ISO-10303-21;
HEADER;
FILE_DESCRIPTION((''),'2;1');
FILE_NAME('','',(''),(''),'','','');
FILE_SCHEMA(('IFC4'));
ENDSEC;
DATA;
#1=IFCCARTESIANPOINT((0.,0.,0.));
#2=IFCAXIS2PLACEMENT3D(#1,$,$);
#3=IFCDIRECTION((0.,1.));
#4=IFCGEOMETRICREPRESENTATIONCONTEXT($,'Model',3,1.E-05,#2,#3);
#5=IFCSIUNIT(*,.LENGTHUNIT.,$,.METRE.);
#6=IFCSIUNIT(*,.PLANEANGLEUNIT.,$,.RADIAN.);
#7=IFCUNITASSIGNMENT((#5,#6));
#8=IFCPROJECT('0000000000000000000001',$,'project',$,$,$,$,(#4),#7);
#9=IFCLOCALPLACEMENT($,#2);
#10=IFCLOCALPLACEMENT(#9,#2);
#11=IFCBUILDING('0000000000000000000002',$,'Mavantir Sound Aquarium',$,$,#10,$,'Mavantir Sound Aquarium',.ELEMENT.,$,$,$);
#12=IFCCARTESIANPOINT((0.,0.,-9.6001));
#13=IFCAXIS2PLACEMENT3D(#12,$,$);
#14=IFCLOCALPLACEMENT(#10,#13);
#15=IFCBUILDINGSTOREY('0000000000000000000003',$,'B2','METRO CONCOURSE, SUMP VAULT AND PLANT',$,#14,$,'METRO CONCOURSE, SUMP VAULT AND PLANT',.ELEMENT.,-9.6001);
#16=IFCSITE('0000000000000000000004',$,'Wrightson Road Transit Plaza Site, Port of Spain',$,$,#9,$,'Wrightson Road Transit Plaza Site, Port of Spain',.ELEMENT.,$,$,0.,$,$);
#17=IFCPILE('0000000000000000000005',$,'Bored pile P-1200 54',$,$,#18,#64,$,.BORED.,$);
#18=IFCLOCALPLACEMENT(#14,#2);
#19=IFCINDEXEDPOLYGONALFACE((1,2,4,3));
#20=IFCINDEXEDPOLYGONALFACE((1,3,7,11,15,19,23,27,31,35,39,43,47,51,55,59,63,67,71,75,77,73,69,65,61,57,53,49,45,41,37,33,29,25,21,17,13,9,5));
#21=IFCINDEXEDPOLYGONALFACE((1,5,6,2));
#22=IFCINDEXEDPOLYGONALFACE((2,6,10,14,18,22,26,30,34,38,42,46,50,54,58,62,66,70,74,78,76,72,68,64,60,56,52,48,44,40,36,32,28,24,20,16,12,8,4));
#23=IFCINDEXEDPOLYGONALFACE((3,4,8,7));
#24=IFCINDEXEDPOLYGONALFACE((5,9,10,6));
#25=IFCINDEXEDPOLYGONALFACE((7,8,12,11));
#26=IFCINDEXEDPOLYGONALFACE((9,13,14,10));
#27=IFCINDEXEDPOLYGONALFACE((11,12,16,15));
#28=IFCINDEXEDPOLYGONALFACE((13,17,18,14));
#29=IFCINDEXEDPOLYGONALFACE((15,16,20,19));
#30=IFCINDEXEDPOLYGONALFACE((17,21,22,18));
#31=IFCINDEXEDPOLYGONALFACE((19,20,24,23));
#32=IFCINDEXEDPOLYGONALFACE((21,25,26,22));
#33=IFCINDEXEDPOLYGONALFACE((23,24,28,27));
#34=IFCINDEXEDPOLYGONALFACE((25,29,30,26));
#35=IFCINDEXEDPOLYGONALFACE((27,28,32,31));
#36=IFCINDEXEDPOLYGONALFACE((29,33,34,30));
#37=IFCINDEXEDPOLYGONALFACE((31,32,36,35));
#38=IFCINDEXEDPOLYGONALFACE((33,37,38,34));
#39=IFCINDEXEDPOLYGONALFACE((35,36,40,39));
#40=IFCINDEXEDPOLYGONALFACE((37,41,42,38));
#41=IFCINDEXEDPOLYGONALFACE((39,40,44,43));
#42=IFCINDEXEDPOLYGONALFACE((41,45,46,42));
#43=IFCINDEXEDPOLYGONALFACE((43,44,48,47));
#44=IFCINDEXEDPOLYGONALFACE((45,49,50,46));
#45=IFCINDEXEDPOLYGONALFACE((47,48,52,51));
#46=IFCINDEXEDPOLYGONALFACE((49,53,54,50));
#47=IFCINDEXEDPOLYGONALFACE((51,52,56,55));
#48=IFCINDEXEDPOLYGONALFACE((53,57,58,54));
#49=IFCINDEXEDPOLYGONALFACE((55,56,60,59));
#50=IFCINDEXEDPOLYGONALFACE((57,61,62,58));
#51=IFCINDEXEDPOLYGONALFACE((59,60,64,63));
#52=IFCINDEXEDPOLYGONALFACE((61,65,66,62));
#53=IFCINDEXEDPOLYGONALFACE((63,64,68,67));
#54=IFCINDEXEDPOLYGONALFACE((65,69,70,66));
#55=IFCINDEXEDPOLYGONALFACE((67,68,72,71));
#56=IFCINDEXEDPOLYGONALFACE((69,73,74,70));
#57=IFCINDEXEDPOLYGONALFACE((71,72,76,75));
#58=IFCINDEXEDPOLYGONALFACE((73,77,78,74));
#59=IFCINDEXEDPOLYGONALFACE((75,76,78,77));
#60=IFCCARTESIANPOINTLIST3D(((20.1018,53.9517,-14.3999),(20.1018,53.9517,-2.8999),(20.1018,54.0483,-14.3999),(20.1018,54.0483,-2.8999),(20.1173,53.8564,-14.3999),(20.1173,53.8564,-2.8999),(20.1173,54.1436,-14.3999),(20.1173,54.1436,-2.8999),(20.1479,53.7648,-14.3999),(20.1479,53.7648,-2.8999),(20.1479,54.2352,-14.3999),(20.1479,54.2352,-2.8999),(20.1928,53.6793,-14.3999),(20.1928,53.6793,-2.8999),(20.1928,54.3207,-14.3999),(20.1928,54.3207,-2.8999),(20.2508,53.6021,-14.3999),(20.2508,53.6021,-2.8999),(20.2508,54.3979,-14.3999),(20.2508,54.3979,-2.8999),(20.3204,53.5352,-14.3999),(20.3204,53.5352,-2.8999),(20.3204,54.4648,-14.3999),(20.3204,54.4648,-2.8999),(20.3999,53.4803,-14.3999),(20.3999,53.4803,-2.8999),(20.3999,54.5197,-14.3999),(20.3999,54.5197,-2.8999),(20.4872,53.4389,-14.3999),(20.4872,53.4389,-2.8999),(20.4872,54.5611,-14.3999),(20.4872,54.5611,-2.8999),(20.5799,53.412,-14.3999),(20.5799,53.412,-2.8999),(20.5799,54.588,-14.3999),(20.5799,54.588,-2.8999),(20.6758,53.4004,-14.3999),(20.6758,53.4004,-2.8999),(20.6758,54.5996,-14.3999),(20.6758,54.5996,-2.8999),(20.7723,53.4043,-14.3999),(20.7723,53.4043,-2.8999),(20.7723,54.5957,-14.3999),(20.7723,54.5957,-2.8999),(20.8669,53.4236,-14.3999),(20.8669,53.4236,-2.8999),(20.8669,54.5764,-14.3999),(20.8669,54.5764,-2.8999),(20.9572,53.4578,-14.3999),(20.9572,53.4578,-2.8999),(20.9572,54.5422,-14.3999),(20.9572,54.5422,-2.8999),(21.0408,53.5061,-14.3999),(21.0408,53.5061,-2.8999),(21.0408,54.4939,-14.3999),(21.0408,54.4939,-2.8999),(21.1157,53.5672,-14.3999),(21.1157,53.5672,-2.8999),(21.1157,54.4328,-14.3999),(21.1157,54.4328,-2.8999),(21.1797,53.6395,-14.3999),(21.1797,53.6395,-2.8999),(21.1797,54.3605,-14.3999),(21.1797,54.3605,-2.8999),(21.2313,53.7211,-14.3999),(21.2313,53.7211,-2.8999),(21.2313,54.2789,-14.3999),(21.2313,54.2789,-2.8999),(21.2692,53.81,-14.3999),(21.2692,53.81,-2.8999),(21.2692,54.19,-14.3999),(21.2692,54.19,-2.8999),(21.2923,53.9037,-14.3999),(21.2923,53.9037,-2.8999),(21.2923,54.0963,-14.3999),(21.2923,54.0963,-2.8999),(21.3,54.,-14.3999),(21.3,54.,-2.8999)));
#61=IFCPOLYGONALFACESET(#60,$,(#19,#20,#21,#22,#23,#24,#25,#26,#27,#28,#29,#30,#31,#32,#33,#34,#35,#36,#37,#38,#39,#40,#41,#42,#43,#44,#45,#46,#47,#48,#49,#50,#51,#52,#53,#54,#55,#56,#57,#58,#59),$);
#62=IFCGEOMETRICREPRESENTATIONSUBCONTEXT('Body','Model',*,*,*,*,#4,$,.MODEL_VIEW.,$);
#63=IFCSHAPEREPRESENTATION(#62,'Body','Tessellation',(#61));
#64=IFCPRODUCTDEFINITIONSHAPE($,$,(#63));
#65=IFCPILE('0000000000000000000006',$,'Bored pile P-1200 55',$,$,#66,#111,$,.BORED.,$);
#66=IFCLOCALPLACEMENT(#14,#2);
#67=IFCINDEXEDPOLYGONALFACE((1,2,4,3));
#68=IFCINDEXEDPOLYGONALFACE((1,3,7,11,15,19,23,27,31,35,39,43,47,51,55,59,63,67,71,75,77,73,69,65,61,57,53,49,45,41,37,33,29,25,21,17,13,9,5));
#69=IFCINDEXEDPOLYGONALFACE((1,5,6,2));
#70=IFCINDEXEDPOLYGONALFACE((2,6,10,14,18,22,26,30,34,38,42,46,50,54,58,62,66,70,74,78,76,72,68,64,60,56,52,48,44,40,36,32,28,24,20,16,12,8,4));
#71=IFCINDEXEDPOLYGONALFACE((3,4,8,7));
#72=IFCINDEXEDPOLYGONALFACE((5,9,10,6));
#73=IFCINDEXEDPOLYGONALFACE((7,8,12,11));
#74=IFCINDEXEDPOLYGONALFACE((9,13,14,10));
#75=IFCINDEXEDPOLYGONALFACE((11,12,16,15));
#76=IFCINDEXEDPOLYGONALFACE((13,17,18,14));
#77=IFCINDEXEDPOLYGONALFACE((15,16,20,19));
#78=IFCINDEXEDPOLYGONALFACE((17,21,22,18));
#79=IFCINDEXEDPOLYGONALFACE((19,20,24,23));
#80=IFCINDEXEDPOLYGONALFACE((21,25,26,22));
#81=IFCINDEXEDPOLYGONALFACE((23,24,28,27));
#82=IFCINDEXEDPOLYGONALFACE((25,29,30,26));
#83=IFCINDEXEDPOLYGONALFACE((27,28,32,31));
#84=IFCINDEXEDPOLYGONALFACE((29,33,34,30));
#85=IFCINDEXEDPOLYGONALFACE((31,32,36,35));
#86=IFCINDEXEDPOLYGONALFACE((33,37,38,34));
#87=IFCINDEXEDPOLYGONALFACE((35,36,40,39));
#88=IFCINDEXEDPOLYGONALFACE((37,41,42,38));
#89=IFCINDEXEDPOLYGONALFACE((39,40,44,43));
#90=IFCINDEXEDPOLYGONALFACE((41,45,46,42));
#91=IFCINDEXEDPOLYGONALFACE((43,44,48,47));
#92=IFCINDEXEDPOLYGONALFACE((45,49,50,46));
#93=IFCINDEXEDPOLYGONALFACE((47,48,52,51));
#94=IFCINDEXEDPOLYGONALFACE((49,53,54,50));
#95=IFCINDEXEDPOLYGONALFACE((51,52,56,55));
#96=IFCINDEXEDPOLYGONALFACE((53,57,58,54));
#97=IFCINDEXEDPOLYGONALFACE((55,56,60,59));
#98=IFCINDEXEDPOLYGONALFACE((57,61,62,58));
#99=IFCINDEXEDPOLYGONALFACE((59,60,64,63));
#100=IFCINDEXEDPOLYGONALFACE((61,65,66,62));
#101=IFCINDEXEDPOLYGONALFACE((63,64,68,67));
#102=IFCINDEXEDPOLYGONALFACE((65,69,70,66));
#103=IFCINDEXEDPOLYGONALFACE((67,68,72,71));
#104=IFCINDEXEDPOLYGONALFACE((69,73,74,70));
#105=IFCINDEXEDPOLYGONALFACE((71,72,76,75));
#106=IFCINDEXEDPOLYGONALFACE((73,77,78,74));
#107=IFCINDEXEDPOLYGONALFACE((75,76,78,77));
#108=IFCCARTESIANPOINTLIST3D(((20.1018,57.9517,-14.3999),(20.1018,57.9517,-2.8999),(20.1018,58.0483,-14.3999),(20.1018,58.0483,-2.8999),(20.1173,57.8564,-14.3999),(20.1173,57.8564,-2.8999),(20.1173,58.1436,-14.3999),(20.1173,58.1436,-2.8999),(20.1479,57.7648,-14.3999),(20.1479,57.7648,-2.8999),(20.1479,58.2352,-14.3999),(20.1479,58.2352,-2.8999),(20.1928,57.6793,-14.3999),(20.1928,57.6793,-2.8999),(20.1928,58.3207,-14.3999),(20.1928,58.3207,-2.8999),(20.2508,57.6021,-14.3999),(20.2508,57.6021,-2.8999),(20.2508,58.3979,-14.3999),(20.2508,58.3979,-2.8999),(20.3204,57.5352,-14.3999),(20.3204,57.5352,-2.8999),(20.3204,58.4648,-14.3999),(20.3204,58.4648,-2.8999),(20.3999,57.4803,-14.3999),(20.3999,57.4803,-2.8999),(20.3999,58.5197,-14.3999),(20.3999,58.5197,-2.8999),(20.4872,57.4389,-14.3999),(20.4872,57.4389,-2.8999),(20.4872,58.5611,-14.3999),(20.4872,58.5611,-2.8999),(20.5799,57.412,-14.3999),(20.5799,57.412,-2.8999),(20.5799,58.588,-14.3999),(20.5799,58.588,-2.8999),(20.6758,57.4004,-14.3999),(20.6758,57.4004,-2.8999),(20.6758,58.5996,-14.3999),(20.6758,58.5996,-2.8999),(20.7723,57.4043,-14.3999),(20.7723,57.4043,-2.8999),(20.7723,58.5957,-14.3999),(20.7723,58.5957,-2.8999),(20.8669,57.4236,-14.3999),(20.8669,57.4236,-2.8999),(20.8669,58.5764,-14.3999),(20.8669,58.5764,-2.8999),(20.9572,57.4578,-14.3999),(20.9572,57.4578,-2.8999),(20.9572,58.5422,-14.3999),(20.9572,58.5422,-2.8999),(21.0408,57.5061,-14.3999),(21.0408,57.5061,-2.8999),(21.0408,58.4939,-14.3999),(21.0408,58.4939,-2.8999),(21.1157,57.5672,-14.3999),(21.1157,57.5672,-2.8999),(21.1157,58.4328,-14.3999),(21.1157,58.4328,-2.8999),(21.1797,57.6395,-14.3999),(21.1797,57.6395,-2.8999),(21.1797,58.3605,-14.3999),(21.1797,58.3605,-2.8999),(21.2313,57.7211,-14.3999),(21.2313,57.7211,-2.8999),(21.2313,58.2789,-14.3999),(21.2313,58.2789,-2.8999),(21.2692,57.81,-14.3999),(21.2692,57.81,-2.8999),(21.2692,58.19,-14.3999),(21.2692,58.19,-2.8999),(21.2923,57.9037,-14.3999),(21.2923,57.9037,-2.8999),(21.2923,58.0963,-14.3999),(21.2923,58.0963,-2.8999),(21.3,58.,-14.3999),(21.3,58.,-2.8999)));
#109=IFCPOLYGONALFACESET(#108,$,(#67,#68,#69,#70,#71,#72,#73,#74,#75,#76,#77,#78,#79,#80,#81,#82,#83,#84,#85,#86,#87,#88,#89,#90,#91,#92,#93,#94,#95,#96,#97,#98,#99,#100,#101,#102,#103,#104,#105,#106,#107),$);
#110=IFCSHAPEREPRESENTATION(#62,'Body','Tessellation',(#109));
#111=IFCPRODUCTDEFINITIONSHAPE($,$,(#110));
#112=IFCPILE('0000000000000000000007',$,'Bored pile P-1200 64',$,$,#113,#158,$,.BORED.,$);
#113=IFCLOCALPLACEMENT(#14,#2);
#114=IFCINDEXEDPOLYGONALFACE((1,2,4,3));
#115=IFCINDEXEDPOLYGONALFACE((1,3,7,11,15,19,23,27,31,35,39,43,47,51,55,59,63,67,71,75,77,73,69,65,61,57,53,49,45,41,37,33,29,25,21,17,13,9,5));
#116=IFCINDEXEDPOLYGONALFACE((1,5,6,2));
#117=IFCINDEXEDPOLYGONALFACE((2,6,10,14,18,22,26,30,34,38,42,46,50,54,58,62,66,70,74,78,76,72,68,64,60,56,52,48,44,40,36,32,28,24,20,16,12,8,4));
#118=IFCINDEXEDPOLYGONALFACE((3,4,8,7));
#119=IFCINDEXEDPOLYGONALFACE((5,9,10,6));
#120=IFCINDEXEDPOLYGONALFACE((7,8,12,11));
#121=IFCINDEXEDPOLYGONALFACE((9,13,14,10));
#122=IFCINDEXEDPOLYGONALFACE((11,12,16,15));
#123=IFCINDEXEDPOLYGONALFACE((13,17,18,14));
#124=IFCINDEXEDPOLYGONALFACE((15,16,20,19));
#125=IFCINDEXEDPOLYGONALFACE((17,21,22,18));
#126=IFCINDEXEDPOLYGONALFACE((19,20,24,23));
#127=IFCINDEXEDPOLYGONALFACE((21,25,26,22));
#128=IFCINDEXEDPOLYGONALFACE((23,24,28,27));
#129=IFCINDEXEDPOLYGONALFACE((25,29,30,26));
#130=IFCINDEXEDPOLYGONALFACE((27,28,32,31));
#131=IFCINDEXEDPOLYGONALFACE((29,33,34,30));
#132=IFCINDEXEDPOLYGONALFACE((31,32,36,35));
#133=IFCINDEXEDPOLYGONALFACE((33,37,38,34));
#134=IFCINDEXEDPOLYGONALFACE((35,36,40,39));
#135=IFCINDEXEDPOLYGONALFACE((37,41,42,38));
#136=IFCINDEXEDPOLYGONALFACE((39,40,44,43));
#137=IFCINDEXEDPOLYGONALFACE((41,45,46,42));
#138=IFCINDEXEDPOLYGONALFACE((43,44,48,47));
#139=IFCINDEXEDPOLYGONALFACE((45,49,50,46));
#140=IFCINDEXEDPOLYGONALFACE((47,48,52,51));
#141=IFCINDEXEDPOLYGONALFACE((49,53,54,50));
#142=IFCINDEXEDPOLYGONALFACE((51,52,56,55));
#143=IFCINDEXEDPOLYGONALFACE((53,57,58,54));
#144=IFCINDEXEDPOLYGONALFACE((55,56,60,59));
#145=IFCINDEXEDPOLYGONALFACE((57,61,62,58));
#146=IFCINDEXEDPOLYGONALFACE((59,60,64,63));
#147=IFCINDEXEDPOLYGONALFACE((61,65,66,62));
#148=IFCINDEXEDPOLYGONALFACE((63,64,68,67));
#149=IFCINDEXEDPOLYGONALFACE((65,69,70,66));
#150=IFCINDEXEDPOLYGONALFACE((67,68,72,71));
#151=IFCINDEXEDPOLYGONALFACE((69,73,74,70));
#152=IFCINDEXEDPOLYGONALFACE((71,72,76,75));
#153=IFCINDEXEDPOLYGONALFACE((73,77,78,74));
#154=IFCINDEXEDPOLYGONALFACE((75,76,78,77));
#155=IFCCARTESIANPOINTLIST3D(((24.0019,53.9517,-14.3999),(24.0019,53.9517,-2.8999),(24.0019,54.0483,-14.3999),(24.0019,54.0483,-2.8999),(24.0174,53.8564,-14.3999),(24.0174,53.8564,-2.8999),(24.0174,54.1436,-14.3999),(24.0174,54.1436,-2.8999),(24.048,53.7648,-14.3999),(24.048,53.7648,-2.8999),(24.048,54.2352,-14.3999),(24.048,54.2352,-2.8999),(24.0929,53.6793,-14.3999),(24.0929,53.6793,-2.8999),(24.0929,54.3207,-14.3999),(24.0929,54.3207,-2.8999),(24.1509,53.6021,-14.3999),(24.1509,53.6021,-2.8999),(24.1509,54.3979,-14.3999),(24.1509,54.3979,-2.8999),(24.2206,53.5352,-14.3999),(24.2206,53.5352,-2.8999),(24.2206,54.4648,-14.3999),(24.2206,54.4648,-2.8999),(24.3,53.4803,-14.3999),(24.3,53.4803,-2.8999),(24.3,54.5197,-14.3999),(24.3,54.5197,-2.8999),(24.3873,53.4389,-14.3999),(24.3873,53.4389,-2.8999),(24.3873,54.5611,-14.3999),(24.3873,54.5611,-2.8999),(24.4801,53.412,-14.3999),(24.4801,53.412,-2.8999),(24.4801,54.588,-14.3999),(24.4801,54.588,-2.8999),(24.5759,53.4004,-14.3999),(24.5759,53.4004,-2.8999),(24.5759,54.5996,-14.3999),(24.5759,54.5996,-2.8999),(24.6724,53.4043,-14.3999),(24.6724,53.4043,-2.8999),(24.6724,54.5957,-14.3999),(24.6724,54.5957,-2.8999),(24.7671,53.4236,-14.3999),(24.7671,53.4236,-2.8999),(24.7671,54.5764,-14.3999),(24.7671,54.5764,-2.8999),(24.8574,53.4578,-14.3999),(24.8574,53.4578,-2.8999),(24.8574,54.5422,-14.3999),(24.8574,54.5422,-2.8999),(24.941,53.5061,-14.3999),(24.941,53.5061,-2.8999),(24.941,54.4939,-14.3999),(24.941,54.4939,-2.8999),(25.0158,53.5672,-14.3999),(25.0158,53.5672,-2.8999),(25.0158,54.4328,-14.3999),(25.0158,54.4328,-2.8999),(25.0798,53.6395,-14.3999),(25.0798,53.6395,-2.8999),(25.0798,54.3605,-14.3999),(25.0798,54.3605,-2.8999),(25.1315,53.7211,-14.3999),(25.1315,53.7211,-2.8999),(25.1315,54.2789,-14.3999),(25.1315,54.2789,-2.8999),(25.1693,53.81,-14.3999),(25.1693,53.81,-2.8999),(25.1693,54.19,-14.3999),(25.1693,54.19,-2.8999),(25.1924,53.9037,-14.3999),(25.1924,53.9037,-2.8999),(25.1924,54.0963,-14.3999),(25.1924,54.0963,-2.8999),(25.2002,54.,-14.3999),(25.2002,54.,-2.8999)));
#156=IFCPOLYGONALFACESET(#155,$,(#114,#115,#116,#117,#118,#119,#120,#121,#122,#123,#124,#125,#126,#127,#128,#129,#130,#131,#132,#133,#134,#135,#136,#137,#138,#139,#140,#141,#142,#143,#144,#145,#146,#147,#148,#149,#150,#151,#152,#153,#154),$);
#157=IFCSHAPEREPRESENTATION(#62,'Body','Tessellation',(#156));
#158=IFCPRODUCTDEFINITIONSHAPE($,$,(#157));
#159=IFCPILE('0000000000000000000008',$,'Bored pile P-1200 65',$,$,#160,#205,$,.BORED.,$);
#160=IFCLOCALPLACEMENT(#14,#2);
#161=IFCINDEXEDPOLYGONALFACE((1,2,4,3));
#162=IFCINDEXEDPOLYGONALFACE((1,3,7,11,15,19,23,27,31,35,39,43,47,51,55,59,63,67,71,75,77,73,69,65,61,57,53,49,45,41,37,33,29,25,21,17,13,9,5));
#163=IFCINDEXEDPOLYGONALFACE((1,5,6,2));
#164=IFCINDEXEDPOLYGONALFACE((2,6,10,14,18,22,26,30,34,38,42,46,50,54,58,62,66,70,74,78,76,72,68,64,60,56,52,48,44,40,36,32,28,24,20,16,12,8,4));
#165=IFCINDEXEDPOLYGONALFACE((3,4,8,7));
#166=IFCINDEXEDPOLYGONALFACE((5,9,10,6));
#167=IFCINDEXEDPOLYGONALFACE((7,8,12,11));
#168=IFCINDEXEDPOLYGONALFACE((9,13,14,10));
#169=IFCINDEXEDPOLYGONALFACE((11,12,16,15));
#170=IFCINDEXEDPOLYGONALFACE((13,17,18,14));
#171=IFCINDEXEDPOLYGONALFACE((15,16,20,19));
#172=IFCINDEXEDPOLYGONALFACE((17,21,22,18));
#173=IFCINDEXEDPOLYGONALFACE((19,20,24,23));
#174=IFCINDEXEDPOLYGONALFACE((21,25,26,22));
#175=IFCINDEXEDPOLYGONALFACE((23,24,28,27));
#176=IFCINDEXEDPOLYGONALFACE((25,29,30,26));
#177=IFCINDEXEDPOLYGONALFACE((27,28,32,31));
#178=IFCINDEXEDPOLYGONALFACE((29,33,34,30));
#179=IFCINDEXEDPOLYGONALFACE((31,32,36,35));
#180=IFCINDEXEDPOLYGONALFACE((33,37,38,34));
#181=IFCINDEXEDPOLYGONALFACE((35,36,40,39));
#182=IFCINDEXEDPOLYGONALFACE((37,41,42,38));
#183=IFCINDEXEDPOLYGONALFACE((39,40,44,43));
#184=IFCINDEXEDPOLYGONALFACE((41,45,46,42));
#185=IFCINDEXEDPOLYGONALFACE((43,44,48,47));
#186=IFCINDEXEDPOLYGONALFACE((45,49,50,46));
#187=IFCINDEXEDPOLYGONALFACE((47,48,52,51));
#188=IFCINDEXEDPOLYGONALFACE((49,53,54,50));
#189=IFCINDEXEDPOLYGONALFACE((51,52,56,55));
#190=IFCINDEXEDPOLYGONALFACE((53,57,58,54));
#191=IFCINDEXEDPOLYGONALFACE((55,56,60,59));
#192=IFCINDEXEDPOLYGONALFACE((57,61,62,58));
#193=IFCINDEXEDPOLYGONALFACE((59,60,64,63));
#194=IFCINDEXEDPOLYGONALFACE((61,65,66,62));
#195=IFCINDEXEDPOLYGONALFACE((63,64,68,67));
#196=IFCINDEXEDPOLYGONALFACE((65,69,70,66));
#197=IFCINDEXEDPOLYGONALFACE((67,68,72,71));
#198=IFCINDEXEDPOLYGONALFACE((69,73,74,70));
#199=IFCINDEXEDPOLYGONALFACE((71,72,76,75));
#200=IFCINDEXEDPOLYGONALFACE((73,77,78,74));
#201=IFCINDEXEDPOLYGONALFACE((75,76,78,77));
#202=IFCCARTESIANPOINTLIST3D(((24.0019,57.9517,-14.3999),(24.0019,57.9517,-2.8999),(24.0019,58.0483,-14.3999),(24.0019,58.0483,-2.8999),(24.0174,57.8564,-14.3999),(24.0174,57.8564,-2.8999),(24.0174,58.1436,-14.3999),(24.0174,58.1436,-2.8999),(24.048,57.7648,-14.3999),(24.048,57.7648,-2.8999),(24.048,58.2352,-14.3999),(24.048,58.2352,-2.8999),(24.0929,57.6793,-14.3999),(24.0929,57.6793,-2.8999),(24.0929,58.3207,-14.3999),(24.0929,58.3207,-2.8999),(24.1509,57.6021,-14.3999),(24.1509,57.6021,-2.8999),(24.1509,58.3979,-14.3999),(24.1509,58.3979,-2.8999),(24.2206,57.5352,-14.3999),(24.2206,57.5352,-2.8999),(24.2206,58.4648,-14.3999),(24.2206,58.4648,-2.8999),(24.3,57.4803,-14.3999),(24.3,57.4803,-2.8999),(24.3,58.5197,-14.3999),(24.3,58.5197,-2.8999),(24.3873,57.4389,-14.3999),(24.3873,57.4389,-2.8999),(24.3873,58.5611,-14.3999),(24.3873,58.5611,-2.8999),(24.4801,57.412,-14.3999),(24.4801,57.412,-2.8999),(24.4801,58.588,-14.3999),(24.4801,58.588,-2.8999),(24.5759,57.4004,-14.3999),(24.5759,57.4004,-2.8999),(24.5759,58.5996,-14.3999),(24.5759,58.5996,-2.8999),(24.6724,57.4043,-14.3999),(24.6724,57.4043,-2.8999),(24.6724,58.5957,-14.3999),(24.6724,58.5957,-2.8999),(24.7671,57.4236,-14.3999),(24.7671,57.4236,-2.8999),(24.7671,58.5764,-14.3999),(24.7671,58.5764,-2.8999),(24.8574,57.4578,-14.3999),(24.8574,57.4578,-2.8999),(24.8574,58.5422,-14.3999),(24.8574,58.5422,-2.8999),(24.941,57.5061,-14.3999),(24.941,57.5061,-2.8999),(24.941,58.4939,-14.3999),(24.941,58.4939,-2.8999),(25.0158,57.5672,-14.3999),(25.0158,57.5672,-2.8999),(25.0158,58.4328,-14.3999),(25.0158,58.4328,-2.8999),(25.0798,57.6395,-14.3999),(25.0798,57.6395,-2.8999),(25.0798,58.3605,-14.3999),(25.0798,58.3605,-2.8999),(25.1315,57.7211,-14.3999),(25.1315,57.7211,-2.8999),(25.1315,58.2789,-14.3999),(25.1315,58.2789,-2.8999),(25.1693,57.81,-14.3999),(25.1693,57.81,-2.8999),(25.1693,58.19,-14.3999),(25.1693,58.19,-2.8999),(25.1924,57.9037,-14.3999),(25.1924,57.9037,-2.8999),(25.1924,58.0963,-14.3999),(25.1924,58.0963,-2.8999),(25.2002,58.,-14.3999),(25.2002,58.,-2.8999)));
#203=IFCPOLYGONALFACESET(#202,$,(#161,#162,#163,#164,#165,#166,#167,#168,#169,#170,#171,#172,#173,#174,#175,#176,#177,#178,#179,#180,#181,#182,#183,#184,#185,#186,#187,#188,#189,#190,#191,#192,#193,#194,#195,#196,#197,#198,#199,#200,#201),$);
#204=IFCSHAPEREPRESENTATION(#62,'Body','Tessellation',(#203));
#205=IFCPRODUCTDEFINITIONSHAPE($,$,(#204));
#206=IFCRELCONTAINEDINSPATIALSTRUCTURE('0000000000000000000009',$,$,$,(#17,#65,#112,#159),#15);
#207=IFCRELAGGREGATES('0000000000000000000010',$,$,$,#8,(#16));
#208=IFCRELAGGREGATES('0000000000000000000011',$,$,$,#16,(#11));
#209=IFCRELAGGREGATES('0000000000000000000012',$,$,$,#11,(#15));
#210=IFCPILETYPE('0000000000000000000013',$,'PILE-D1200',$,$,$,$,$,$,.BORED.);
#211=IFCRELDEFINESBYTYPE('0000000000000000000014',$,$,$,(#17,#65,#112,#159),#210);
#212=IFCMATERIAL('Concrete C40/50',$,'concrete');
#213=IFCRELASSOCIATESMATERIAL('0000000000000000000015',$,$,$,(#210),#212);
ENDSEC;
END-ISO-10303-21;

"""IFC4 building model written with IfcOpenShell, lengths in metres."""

from ifc_helpers import new_model, si_unit, direction, frame, origin, origin_2d, place, context, subcontext, project, spatial, circle, extrude, material, material_profile, profile_set, type_object, element, save


model = new_model("IFC4")

# Units and contexts
model_context = context("Model", 3, precision=1e-05, world=origin(), true_north=direction((0.0, 1.0)))
body_context = subcontext(model_context, "Body", "Model", "MODEL_VIEW")
ifc_project = project(units=[si_unit("LENGTHUNIT", "METRE"), si_unit("PLANEANGLEUNIT", "RADIAN")], contexts=[model_context])

# Site, building, storey
site_placement = place(None, origin())
site = spatial("IfcSite", under=ifc_project, at=site_placement, Name="Wrightson Road Transit Plaza Site, Port of Spain", LongName="Wrightson Road Transit Plaza Site, Port of Spain", CompositionType="ELEMENT", RefElevation=0.0)
building_placement = place(site_placement, origin())
building = spatial("IfcBuilding", under=site, at=building_placement, Name="Mavantir Sound Aquarium", LongName="Mavantir Sound Aquarium", CompositionType="ELEMENT")
storey_placement = place(building_placement, frame((0.0, 0.0, -9.6001)))
storey = spatial("IfcBuildingStorey", under=building, at=storey_placement, Name="B2", Description="METRO CONCOURSE, SUMP VAULT AND PLANT", LongName="METRO CONCOURSE, SUMP VAULT AND PLANT", CompositionType="ELEMENT", Elevation=-9.6001)

# Piles
ifc_material_1 = material(Name="Concrete C40/50", Category="concrete")
ifc_material_profile_1 = material_profile(ifc_material_1, circle(Radius=0.6001, at=origin_2d()), Name="PILE D1200")
ifc_profile_set_1 = profile_set([ifc_material_profile_1], Name="Concrete C40/50")
pile_type = type_object("IfcPileType", Name="PILE-D1200", PredefinedType="BORED", material=ifc_profile_set_1)
for number, where, z_axis, x_axis, name in (
    (1, (20.7, 54.0, -2.8999), (0.0, 0.0, -1.0), (1.0, 0.0, 0.0), "Bored pile P-1200 54"),
    (2, (20.7, 58.0, -2.8999), (0.0, 0.0, -1.0), (1.0, 0.0, 0.0), "Bored pile P-1200 55"),
    (3, (24.6001, 54.0, -2.8999), (0.0, 0.0, -1.0), (1.0, 0.0, 0.0), "Bored pile P-1200 64"),
    (4, (24.6001, 58.0, -2.8999), (0.0, 0.0, -1.0), (1.0, 0.0, 0.0), "Bored pile P-1200 65"),
):
    element("IfcPile", number, at=place(storey_placement, frame(where, z_axis=z_axis, x_axis=x_axis)), inside=storey, type_object=pile_type, Name=name, PredefinedType="BORED", context=body_context, shape_type="SweptSolid", body=[
        extrude(circle(Radius=0.6001, at=origin_2d()), origin(), (0.0, 0.0, 1.0), 11.5),
    ])

save(model, "model.ifc")
